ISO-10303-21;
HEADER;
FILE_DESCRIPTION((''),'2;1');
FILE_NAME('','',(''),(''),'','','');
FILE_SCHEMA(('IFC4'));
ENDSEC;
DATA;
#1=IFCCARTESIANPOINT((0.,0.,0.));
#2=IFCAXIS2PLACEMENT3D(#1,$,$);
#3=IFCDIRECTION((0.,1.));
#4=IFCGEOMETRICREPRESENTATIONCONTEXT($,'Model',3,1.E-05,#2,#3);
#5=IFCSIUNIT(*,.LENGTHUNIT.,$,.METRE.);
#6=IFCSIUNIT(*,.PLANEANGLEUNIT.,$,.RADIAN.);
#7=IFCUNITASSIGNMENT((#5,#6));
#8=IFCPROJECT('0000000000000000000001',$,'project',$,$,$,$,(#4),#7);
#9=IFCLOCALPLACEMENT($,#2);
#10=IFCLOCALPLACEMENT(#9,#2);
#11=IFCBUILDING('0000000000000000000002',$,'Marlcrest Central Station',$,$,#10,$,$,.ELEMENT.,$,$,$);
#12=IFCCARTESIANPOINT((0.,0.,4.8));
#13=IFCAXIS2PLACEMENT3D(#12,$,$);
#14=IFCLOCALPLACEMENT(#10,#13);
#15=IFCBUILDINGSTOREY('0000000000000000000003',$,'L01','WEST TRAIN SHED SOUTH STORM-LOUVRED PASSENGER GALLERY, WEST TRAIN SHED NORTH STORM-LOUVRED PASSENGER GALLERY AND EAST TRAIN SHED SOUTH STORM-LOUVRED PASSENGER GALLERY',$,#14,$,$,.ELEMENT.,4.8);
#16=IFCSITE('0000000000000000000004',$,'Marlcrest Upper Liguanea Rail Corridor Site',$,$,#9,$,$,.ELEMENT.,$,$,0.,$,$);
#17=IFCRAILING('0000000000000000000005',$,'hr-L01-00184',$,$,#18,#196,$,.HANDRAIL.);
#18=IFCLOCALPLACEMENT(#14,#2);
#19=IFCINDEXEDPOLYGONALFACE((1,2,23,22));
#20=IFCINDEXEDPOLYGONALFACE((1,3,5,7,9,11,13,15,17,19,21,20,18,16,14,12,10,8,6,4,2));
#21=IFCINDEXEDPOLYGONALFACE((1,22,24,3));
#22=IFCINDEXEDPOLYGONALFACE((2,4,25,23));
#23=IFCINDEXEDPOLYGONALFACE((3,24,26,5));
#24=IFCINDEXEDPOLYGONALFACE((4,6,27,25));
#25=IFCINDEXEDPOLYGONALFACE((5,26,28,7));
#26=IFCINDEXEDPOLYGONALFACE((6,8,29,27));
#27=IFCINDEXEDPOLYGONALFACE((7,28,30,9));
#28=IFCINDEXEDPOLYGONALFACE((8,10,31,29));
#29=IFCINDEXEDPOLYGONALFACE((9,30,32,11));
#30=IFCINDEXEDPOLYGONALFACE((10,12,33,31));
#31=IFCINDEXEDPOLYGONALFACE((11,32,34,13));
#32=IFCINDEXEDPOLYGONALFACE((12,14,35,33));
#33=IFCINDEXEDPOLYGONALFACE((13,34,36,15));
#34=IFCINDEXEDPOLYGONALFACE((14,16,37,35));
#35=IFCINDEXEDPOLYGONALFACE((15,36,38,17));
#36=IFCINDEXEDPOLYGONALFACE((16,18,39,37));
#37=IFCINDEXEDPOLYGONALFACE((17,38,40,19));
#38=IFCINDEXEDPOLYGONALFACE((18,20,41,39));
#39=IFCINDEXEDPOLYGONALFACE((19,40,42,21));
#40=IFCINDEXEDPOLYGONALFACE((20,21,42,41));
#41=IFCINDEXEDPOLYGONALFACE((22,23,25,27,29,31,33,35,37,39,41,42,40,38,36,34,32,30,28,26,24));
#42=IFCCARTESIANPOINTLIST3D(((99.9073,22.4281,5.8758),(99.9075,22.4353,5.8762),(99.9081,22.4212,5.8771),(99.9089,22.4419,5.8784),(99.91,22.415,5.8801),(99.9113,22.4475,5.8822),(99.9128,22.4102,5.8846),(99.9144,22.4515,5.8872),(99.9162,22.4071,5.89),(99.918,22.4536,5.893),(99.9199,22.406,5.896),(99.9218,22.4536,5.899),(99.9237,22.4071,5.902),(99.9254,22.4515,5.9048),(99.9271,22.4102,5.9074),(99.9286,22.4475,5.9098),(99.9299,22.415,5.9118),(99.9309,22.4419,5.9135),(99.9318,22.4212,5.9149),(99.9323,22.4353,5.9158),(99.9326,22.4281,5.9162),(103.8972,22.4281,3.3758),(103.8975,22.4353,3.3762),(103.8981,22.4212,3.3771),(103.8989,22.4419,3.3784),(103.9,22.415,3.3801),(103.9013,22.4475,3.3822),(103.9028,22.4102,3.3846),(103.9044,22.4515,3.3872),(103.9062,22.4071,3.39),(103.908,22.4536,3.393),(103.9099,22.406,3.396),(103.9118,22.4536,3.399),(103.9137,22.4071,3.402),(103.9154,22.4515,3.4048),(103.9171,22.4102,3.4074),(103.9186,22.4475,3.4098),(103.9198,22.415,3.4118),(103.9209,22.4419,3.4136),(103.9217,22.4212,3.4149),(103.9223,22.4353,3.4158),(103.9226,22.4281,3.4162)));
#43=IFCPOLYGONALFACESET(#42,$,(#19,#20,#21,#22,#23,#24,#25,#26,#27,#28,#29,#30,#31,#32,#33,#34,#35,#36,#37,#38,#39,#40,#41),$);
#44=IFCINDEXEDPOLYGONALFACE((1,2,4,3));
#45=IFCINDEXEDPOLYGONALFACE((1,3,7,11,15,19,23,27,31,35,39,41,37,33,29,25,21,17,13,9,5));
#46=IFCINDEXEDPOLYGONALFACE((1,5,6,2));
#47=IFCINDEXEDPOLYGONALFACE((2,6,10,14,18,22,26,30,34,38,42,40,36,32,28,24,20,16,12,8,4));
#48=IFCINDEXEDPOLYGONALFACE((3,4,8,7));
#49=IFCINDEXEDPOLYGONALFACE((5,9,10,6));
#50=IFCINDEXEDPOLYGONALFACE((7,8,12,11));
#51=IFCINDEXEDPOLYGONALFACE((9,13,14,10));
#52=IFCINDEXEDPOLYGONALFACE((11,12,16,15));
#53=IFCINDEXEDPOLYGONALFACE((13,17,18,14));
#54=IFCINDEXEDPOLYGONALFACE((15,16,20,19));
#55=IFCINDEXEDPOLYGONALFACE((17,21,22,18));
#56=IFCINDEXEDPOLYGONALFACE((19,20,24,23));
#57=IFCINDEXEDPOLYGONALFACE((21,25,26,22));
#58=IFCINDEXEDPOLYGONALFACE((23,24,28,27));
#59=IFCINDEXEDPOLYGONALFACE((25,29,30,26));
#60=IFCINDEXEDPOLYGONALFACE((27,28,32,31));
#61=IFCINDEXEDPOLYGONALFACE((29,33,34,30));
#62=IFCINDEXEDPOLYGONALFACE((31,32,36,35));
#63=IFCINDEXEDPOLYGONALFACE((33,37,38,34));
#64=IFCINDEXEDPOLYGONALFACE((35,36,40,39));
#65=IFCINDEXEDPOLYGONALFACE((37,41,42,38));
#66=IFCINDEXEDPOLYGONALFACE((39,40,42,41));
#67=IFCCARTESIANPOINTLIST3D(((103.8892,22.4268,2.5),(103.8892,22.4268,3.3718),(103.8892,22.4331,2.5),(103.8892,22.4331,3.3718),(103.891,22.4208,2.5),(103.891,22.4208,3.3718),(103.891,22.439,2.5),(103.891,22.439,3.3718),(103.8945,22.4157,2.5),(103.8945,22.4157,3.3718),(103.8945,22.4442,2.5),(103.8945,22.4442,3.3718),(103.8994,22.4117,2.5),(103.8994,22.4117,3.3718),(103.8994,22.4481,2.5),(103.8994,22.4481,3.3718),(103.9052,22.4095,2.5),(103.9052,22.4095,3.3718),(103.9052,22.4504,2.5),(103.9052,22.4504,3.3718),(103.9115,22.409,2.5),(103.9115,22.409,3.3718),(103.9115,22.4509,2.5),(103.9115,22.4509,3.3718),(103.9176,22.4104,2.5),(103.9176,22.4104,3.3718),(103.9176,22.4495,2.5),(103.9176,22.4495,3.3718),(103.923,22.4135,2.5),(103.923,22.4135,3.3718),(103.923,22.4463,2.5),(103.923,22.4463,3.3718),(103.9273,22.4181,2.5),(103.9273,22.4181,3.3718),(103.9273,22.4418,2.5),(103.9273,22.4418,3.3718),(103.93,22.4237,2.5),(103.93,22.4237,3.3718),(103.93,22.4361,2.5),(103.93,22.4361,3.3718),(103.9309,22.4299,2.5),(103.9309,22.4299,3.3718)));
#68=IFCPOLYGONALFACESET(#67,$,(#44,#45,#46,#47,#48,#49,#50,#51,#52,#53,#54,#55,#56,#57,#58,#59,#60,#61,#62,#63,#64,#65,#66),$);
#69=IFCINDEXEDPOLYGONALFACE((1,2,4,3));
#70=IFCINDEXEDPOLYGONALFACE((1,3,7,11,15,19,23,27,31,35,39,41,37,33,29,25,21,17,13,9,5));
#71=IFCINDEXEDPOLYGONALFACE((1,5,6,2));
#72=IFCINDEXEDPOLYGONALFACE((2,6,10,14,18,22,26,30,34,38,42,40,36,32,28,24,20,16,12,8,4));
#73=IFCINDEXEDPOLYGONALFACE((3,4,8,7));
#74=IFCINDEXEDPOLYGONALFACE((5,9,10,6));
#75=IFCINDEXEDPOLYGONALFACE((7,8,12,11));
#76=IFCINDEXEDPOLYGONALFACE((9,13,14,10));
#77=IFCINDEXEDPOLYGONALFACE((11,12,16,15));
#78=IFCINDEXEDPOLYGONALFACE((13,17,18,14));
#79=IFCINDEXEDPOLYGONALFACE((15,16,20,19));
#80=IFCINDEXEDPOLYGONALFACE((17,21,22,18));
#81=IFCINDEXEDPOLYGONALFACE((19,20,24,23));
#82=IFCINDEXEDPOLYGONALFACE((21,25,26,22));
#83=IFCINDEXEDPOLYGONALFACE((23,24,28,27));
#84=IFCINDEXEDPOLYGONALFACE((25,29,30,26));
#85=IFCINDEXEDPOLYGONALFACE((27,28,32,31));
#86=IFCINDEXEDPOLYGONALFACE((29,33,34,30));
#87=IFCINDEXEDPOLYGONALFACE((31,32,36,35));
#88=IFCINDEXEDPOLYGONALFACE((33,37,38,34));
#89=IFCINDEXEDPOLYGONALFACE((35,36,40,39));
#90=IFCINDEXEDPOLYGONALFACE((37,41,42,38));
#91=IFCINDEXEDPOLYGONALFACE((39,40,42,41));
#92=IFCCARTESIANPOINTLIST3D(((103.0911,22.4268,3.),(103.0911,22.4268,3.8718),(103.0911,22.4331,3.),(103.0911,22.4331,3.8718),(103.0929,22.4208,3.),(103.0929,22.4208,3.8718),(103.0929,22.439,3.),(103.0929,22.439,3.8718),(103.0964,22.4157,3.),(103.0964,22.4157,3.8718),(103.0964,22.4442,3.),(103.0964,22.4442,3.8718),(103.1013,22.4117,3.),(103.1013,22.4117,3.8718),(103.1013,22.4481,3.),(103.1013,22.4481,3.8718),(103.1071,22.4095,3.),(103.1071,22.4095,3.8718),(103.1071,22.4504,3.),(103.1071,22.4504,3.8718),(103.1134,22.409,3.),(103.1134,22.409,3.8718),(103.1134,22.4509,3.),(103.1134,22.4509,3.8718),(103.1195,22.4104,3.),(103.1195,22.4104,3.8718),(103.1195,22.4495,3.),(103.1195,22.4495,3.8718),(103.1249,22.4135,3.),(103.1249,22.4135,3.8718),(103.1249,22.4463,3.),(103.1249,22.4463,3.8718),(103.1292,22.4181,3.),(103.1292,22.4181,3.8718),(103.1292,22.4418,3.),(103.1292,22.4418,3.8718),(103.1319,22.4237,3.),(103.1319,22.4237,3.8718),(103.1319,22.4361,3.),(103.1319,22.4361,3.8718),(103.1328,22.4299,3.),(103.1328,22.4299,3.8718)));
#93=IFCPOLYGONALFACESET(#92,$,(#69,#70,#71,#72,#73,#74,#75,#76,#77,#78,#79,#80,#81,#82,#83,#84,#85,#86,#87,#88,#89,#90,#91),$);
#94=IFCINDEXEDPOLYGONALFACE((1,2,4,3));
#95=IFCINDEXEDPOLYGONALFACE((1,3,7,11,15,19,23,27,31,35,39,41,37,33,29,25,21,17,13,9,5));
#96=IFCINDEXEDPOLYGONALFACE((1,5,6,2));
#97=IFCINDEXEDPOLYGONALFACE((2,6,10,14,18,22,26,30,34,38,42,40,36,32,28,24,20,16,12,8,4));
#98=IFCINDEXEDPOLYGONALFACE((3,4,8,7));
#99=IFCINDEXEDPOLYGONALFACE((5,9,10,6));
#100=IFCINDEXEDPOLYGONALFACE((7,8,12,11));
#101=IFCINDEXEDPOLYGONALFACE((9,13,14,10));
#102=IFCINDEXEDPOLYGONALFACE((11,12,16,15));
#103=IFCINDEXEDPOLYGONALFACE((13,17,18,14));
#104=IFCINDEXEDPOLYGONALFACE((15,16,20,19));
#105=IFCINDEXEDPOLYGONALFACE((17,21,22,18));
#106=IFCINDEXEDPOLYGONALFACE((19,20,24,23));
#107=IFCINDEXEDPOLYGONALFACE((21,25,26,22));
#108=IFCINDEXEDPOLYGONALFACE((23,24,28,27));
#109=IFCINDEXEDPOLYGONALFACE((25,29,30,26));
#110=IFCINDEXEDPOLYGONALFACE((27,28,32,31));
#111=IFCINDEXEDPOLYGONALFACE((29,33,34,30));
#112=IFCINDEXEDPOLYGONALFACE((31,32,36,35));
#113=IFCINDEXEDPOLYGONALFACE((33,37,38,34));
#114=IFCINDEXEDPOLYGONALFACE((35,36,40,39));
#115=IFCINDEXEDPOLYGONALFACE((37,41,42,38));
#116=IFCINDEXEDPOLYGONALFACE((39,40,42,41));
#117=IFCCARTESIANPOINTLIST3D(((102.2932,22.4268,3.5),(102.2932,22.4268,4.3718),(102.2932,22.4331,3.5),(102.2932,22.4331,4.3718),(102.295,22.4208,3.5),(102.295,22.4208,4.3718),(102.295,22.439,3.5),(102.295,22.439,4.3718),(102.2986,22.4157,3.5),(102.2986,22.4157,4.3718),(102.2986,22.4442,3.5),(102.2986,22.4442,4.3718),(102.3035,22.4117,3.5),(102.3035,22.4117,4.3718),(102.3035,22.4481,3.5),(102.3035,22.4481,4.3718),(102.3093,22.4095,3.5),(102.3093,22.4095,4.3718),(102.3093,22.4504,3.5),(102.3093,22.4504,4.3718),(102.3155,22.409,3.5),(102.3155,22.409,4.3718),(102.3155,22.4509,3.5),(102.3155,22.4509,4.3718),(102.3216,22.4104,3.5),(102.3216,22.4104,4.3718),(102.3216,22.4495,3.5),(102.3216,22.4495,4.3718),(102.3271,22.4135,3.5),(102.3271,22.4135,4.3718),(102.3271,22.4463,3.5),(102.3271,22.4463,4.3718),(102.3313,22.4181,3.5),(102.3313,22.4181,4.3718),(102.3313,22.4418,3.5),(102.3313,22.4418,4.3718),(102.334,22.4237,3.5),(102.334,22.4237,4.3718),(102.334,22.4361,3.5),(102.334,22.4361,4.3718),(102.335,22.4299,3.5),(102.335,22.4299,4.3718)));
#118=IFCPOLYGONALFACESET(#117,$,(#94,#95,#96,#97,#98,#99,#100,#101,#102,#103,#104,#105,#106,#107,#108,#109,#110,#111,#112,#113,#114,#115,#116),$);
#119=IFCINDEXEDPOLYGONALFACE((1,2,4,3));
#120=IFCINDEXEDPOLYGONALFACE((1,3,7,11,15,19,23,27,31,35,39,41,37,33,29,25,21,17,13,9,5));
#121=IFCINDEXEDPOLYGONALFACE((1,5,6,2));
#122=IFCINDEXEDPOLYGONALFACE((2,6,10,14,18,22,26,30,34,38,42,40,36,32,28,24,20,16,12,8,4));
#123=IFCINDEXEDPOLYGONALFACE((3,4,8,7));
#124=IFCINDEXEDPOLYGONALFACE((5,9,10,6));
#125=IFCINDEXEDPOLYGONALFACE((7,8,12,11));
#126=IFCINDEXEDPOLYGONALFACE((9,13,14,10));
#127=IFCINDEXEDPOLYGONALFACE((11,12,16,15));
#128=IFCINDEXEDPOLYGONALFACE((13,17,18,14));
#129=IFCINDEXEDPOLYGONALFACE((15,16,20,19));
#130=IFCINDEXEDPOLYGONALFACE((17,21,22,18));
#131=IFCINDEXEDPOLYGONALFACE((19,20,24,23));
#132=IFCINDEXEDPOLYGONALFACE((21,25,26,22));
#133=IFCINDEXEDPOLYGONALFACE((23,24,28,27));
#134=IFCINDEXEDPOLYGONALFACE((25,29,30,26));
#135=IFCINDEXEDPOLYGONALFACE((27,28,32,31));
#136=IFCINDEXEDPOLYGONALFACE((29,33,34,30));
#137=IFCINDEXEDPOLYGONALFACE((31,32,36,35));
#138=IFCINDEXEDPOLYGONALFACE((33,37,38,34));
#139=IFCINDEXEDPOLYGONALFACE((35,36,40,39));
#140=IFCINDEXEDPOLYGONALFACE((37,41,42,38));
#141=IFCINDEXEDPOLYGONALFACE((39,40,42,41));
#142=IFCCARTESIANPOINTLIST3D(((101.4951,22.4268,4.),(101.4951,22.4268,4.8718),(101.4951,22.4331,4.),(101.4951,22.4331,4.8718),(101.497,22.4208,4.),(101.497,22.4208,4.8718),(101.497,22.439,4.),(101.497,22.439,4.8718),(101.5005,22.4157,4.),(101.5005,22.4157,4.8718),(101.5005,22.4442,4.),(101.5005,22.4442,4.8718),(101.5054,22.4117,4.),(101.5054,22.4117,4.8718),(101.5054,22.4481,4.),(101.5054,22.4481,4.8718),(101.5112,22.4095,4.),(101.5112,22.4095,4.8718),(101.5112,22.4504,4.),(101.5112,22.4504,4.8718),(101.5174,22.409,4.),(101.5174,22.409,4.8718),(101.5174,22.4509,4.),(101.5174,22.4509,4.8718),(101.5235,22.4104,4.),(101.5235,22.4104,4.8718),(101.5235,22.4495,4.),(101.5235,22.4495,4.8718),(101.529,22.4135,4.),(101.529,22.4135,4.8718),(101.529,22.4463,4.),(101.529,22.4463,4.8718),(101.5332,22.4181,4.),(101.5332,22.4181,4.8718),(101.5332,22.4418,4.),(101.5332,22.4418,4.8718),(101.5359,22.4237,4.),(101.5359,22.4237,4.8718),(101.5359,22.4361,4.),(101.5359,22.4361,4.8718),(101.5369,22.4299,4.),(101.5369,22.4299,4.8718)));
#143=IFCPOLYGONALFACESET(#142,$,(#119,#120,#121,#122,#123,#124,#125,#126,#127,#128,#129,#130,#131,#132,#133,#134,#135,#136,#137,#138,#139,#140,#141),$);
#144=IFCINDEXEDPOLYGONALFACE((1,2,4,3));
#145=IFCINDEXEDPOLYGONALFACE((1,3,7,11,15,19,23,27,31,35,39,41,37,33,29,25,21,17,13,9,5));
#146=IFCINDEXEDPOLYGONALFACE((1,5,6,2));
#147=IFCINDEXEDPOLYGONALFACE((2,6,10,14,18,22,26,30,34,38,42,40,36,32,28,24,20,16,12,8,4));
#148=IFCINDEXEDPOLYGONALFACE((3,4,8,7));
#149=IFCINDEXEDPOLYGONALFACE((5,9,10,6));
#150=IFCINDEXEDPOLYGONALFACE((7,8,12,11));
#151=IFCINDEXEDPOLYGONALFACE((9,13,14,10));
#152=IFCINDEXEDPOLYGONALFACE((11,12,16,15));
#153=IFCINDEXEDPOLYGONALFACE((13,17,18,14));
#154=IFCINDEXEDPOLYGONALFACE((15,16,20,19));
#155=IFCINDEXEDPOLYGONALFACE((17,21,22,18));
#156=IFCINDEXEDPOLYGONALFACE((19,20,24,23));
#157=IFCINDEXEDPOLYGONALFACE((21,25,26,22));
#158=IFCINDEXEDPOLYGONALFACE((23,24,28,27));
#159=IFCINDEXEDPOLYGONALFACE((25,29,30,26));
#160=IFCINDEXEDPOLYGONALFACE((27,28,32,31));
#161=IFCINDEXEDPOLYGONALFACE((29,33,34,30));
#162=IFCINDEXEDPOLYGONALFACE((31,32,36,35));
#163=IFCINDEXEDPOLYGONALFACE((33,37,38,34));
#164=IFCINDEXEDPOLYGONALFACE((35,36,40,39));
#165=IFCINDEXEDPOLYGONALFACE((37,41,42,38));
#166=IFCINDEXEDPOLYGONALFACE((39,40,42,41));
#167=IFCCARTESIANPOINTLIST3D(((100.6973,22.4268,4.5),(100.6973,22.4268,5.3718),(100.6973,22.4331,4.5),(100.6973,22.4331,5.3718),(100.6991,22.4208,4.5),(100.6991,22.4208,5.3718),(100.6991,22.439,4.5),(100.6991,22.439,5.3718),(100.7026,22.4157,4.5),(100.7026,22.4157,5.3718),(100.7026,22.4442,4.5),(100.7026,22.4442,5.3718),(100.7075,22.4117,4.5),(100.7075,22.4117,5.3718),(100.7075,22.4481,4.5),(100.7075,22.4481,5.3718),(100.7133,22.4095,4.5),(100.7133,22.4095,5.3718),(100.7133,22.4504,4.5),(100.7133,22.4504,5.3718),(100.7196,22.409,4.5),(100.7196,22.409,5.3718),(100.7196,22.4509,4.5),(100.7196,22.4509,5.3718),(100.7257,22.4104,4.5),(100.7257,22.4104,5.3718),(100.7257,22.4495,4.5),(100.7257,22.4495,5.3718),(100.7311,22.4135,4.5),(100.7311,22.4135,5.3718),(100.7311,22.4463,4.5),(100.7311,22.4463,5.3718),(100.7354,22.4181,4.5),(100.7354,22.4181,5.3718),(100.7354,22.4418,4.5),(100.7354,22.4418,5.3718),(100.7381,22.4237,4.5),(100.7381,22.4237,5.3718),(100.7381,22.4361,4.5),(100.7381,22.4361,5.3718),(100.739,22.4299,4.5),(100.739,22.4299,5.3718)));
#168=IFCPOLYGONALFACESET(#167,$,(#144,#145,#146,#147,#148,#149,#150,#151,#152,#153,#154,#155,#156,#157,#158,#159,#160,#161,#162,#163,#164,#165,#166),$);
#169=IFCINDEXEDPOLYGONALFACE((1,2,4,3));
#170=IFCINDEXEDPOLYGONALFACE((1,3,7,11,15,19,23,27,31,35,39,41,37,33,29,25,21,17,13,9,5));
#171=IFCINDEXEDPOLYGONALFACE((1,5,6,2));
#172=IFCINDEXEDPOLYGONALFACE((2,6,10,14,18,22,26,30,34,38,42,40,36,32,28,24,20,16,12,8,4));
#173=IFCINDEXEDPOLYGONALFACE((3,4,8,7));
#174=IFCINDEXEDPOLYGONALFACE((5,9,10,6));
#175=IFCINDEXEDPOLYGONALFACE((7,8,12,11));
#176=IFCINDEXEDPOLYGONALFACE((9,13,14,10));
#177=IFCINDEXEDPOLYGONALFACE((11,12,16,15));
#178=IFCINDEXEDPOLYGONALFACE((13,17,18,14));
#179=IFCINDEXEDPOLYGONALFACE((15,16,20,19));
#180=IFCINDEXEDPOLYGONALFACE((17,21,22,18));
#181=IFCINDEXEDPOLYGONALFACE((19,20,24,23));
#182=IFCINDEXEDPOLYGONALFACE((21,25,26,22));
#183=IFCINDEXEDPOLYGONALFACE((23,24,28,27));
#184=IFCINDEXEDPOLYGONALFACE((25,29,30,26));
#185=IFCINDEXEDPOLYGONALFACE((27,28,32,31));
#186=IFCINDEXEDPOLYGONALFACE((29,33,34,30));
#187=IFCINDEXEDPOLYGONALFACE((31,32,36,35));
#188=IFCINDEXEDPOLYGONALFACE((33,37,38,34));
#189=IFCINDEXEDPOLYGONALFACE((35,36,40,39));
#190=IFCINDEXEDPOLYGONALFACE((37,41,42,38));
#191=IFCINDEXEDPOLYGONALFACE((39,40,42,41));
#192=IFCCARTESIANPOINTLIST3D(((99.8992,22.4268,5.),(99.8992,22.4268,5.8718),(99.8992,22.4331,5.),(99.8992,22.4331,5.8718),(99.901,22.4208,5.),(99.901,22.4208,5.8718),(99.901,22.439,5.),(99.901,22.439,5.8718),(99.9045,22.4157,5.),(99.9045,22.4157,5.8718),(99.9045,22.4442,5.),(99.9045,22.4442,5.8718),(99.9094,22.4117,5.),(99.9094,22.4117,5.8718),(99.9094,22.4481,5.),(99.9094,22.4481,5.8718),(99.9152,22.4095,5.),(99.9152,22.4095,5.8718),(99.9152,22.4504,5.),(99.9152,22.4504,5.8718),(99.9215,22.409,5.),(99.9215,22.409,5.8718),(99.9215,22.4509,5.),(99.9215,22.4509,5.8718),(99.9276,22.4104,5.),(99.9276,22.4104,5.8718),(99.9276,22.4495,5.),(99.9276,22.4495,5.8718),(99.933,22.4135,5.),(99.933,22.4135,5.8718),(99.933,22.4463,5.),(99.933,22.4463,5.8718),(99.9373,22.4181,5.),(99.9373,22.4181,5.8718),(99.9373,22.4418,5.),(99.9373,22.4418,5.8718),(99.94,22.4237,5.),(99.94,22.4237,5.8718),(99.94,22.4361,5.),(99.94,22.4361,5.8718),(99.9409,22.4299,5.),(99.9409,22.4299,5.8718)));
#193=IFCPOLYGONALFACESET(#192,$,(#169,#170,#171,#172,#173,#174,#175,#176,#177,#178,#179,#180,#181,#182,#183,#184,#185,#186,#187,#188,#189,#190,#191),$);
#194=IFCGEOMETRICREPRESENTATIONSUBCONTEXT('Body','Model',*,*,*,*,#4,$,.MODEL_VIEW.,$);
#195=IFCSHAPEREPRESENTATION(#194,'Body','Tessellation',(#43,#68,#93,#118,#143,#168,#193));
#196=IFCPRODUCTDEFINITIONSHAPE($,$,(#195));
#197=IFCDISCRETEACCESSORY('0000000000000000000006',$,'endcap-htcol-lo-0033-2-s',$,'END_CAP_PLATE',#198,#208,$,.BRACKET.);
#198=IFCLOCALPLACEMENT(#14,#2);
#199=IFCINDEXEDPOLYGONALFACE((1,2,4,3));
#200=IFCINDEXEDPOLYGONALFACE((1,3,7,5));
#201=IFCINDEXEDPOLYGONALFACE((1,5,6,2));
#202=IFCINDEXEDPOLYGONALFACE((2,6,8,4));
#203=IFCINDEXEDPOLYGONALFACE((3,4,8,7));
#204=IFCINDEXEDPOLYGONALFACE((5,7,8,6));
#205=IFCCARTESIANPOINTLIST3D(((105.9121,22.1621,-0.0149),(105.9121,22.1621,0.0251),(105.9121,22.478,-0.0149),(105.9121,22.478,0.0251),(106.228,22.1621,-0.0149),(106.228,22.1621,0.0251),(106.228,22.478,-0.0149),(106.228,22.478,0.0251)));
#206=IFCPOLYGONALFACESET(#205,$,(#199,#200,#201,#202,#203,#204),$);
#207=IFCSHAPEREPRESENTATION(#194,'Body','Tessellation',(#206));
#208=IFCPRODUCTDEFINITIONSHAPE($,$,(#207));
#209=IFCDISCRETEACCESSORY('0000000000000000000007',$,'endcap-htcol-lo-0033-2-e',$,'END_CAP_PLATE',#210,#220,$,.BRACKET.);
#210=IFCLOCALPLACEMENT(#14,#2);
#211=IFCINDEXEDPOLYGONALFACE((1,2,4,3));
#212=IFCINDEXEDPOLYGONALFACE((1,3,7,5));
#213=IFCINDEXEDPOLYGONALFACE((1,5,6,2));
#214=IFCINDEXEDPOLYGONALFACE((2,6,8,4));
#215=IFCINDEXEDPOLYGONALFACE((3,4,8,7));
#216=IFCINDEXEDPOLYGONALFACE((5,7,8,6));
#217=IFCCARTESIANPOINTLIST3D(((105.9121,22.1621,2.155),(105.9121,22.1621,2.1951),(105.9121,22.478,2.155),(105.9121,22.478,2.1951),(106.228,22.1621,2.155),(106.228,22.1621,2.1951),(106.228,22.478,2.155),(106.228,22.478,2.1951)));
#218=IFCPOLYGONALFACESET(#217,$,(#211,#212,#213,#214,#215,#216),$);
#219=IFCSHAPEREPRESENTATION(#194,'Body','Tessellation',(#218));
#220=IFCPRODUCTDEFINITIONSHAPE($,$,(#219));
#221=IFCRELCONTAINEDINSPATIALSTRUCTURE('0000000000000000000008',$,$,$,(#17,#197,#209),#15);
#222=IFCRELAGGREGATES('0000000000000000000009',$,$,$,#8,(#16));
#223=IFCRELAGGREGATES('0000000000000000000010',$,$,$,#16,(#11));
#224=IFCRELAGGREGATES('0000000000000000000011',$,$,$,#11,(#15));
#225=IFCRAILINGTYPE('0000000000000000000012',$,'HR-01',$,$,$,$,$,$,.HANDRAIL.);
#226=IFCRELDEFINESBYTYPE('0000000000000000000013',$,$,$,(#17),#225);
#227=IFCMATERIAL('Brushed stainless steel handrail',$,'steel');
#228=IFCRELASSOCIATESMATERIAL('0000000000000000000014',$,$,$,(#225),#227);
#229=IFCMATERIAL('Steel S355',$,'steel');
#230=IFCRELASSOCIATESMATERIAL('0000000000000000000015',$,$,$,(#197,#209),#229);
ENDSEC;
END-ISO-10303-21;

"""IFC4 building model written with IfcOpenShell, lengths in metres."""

from ifc_helpers import new_model, si_unit, direction, frame, origin, origin_2d, place, context, subcontext, project, spatial, rectangle, circle, extrude, material, type_object, element, save


model = new_model("IFC4")

# Units and contexts
model_context = context("Model", 3, precision=1e-05, world=origin(), true_north=direction((0.0, 1.0)))
body_context = subcontext(model_context, "Body", "Model", "MODEL_VIEW")
ifc_project = project(units=[si_unit("LENGTHUNIT", "METRE"), si_unit("PLANEANGLEUNIT", "RADIAN")], contexts=[model_context])

# Site, building, storey
site_placement = place(None, origin())
site = spatial("IfcSite", under=ifc_project, at=site_placement, Name="Marlcrest Upper Liguanea Rail Corridor Site", CompositionType="ELEMENT", RefElevation=0.0)
building_placement = place(site_placement, origin())
building = spatial("IfcBuilding", under=site, at=building_placement, Name="Marlcrest Central Station", CompositionType="ELEMENT")
storey_placement = place(building_placement, frame((0.0, 0.0, 4.8)))
storey = spatial("IfcBuildingStorey", under=building, at=storey_placement, Name="L01", Description="WEST TRAIN SHED SOUTH STORM-LOUVRED PASSENGER GALLERY, WEST TRAIN SHED NORTH STORM-LOUVRED PASSENGER GALLERY AND EAST TRAIN SHED SOUTH STORM-LOUVRED PASSENGER GALLERY", CompositionType="ELEMENT", Elevation=4.8)

# Shared definitions
ifc_material_1 = material(Name="Steel S355", Category="steel")

# Railing
ifc_material_2 = material(Name="Brushed stainless steel handrail", Category="steel")
railing_type = type_object("IfcRailingType", Name="HR-01", PredefinedType="HANDRAIL", material=ifc_material_2)
railing_placement = place(storey_placement, frame((103.9099, 22.4299, 2.5)))
element("IfcRailing", 1, at=railing_placement, inside=storey, type_object=railing_type, Name="hr-L01-00184", PredefinedType="HANDRAIL", context=body_context, shape_type="SweptSolid", body=[
    extrude(circle(Radius=0.0239, at=origin_2d()), frame((0.0, 0.0, 0.896), z_axis=(-0.847401, 0.0, 0.530954), x_axis=(0.0, -1.0, 0.0)), (0.0, 0.0, 1.0), 4.7085),
    extrude(circle(Radius=0.021, at=origin_2d()), origin(), (0.0, 0.0, 1.0), 0.8718),
    extrude(circle(Radius=0.021, at=origin_2d()), frame((-0.7981, 0.0, 0.5)), (0.0, 0.0, 1.0), 0.8718),
    extrude(circle(Radius=0.021, at=origin_2d()), frame((-1.5959, 0.0, 1.0)), (0.0, 0.0, 1.0), 0.8718),
    extrude(circle(Radius=0.021, at=origin_2d()), frame((-2.394, 0.0, 1.5)), (0.0, 0.0, 1.0), 0.8718),
    extrude(circle(Radius=0.021, at=origin_2d()), frame((-3.1919, 0.0, 2.0)), (0.0, 0.0, 1.0), 0.8718),
    extrude(circle(Radius=0.021, at=origin_2d()), frame((-3.99, 0.0, 2.5)), (0.0, 0.0, 1.0), 0.8718),
])

# Discrete accessories
for number, where, z_axis, x_axis, name in (
    (2, (106.0701, 22.3201, -0.0149), (0.0, 0.0, 1.0), (1.0, 0.0, 0.0), "endcap-htcol-lo-0033-2-s"),
    (3, (106.0701, 22.3201, 2.155), (0.0, 0.0, 1.0), (1.0, 0.0, 0.0), "endcap-htcol-lo-0033-2-e"),
):
    element("IfcDiscreteAccessory", number, at=place(storey_placement, frame(where, z_axis=z_axis, x_axis=x_axis)), inside=storey, material=ifc_material_1, Name=name, ObjectType="END_CAP_PLATE", PredefinedType="BRACKET", context=body_context, shape_type="SweptSolid", body=[
        extrude(rectangle(XDim=0.3159, YDim=0.3159, at=origin_2d()), origin(), (0.0, 0.0, 1.0), 0.04),
    ])

save(model, "model.ifc")
